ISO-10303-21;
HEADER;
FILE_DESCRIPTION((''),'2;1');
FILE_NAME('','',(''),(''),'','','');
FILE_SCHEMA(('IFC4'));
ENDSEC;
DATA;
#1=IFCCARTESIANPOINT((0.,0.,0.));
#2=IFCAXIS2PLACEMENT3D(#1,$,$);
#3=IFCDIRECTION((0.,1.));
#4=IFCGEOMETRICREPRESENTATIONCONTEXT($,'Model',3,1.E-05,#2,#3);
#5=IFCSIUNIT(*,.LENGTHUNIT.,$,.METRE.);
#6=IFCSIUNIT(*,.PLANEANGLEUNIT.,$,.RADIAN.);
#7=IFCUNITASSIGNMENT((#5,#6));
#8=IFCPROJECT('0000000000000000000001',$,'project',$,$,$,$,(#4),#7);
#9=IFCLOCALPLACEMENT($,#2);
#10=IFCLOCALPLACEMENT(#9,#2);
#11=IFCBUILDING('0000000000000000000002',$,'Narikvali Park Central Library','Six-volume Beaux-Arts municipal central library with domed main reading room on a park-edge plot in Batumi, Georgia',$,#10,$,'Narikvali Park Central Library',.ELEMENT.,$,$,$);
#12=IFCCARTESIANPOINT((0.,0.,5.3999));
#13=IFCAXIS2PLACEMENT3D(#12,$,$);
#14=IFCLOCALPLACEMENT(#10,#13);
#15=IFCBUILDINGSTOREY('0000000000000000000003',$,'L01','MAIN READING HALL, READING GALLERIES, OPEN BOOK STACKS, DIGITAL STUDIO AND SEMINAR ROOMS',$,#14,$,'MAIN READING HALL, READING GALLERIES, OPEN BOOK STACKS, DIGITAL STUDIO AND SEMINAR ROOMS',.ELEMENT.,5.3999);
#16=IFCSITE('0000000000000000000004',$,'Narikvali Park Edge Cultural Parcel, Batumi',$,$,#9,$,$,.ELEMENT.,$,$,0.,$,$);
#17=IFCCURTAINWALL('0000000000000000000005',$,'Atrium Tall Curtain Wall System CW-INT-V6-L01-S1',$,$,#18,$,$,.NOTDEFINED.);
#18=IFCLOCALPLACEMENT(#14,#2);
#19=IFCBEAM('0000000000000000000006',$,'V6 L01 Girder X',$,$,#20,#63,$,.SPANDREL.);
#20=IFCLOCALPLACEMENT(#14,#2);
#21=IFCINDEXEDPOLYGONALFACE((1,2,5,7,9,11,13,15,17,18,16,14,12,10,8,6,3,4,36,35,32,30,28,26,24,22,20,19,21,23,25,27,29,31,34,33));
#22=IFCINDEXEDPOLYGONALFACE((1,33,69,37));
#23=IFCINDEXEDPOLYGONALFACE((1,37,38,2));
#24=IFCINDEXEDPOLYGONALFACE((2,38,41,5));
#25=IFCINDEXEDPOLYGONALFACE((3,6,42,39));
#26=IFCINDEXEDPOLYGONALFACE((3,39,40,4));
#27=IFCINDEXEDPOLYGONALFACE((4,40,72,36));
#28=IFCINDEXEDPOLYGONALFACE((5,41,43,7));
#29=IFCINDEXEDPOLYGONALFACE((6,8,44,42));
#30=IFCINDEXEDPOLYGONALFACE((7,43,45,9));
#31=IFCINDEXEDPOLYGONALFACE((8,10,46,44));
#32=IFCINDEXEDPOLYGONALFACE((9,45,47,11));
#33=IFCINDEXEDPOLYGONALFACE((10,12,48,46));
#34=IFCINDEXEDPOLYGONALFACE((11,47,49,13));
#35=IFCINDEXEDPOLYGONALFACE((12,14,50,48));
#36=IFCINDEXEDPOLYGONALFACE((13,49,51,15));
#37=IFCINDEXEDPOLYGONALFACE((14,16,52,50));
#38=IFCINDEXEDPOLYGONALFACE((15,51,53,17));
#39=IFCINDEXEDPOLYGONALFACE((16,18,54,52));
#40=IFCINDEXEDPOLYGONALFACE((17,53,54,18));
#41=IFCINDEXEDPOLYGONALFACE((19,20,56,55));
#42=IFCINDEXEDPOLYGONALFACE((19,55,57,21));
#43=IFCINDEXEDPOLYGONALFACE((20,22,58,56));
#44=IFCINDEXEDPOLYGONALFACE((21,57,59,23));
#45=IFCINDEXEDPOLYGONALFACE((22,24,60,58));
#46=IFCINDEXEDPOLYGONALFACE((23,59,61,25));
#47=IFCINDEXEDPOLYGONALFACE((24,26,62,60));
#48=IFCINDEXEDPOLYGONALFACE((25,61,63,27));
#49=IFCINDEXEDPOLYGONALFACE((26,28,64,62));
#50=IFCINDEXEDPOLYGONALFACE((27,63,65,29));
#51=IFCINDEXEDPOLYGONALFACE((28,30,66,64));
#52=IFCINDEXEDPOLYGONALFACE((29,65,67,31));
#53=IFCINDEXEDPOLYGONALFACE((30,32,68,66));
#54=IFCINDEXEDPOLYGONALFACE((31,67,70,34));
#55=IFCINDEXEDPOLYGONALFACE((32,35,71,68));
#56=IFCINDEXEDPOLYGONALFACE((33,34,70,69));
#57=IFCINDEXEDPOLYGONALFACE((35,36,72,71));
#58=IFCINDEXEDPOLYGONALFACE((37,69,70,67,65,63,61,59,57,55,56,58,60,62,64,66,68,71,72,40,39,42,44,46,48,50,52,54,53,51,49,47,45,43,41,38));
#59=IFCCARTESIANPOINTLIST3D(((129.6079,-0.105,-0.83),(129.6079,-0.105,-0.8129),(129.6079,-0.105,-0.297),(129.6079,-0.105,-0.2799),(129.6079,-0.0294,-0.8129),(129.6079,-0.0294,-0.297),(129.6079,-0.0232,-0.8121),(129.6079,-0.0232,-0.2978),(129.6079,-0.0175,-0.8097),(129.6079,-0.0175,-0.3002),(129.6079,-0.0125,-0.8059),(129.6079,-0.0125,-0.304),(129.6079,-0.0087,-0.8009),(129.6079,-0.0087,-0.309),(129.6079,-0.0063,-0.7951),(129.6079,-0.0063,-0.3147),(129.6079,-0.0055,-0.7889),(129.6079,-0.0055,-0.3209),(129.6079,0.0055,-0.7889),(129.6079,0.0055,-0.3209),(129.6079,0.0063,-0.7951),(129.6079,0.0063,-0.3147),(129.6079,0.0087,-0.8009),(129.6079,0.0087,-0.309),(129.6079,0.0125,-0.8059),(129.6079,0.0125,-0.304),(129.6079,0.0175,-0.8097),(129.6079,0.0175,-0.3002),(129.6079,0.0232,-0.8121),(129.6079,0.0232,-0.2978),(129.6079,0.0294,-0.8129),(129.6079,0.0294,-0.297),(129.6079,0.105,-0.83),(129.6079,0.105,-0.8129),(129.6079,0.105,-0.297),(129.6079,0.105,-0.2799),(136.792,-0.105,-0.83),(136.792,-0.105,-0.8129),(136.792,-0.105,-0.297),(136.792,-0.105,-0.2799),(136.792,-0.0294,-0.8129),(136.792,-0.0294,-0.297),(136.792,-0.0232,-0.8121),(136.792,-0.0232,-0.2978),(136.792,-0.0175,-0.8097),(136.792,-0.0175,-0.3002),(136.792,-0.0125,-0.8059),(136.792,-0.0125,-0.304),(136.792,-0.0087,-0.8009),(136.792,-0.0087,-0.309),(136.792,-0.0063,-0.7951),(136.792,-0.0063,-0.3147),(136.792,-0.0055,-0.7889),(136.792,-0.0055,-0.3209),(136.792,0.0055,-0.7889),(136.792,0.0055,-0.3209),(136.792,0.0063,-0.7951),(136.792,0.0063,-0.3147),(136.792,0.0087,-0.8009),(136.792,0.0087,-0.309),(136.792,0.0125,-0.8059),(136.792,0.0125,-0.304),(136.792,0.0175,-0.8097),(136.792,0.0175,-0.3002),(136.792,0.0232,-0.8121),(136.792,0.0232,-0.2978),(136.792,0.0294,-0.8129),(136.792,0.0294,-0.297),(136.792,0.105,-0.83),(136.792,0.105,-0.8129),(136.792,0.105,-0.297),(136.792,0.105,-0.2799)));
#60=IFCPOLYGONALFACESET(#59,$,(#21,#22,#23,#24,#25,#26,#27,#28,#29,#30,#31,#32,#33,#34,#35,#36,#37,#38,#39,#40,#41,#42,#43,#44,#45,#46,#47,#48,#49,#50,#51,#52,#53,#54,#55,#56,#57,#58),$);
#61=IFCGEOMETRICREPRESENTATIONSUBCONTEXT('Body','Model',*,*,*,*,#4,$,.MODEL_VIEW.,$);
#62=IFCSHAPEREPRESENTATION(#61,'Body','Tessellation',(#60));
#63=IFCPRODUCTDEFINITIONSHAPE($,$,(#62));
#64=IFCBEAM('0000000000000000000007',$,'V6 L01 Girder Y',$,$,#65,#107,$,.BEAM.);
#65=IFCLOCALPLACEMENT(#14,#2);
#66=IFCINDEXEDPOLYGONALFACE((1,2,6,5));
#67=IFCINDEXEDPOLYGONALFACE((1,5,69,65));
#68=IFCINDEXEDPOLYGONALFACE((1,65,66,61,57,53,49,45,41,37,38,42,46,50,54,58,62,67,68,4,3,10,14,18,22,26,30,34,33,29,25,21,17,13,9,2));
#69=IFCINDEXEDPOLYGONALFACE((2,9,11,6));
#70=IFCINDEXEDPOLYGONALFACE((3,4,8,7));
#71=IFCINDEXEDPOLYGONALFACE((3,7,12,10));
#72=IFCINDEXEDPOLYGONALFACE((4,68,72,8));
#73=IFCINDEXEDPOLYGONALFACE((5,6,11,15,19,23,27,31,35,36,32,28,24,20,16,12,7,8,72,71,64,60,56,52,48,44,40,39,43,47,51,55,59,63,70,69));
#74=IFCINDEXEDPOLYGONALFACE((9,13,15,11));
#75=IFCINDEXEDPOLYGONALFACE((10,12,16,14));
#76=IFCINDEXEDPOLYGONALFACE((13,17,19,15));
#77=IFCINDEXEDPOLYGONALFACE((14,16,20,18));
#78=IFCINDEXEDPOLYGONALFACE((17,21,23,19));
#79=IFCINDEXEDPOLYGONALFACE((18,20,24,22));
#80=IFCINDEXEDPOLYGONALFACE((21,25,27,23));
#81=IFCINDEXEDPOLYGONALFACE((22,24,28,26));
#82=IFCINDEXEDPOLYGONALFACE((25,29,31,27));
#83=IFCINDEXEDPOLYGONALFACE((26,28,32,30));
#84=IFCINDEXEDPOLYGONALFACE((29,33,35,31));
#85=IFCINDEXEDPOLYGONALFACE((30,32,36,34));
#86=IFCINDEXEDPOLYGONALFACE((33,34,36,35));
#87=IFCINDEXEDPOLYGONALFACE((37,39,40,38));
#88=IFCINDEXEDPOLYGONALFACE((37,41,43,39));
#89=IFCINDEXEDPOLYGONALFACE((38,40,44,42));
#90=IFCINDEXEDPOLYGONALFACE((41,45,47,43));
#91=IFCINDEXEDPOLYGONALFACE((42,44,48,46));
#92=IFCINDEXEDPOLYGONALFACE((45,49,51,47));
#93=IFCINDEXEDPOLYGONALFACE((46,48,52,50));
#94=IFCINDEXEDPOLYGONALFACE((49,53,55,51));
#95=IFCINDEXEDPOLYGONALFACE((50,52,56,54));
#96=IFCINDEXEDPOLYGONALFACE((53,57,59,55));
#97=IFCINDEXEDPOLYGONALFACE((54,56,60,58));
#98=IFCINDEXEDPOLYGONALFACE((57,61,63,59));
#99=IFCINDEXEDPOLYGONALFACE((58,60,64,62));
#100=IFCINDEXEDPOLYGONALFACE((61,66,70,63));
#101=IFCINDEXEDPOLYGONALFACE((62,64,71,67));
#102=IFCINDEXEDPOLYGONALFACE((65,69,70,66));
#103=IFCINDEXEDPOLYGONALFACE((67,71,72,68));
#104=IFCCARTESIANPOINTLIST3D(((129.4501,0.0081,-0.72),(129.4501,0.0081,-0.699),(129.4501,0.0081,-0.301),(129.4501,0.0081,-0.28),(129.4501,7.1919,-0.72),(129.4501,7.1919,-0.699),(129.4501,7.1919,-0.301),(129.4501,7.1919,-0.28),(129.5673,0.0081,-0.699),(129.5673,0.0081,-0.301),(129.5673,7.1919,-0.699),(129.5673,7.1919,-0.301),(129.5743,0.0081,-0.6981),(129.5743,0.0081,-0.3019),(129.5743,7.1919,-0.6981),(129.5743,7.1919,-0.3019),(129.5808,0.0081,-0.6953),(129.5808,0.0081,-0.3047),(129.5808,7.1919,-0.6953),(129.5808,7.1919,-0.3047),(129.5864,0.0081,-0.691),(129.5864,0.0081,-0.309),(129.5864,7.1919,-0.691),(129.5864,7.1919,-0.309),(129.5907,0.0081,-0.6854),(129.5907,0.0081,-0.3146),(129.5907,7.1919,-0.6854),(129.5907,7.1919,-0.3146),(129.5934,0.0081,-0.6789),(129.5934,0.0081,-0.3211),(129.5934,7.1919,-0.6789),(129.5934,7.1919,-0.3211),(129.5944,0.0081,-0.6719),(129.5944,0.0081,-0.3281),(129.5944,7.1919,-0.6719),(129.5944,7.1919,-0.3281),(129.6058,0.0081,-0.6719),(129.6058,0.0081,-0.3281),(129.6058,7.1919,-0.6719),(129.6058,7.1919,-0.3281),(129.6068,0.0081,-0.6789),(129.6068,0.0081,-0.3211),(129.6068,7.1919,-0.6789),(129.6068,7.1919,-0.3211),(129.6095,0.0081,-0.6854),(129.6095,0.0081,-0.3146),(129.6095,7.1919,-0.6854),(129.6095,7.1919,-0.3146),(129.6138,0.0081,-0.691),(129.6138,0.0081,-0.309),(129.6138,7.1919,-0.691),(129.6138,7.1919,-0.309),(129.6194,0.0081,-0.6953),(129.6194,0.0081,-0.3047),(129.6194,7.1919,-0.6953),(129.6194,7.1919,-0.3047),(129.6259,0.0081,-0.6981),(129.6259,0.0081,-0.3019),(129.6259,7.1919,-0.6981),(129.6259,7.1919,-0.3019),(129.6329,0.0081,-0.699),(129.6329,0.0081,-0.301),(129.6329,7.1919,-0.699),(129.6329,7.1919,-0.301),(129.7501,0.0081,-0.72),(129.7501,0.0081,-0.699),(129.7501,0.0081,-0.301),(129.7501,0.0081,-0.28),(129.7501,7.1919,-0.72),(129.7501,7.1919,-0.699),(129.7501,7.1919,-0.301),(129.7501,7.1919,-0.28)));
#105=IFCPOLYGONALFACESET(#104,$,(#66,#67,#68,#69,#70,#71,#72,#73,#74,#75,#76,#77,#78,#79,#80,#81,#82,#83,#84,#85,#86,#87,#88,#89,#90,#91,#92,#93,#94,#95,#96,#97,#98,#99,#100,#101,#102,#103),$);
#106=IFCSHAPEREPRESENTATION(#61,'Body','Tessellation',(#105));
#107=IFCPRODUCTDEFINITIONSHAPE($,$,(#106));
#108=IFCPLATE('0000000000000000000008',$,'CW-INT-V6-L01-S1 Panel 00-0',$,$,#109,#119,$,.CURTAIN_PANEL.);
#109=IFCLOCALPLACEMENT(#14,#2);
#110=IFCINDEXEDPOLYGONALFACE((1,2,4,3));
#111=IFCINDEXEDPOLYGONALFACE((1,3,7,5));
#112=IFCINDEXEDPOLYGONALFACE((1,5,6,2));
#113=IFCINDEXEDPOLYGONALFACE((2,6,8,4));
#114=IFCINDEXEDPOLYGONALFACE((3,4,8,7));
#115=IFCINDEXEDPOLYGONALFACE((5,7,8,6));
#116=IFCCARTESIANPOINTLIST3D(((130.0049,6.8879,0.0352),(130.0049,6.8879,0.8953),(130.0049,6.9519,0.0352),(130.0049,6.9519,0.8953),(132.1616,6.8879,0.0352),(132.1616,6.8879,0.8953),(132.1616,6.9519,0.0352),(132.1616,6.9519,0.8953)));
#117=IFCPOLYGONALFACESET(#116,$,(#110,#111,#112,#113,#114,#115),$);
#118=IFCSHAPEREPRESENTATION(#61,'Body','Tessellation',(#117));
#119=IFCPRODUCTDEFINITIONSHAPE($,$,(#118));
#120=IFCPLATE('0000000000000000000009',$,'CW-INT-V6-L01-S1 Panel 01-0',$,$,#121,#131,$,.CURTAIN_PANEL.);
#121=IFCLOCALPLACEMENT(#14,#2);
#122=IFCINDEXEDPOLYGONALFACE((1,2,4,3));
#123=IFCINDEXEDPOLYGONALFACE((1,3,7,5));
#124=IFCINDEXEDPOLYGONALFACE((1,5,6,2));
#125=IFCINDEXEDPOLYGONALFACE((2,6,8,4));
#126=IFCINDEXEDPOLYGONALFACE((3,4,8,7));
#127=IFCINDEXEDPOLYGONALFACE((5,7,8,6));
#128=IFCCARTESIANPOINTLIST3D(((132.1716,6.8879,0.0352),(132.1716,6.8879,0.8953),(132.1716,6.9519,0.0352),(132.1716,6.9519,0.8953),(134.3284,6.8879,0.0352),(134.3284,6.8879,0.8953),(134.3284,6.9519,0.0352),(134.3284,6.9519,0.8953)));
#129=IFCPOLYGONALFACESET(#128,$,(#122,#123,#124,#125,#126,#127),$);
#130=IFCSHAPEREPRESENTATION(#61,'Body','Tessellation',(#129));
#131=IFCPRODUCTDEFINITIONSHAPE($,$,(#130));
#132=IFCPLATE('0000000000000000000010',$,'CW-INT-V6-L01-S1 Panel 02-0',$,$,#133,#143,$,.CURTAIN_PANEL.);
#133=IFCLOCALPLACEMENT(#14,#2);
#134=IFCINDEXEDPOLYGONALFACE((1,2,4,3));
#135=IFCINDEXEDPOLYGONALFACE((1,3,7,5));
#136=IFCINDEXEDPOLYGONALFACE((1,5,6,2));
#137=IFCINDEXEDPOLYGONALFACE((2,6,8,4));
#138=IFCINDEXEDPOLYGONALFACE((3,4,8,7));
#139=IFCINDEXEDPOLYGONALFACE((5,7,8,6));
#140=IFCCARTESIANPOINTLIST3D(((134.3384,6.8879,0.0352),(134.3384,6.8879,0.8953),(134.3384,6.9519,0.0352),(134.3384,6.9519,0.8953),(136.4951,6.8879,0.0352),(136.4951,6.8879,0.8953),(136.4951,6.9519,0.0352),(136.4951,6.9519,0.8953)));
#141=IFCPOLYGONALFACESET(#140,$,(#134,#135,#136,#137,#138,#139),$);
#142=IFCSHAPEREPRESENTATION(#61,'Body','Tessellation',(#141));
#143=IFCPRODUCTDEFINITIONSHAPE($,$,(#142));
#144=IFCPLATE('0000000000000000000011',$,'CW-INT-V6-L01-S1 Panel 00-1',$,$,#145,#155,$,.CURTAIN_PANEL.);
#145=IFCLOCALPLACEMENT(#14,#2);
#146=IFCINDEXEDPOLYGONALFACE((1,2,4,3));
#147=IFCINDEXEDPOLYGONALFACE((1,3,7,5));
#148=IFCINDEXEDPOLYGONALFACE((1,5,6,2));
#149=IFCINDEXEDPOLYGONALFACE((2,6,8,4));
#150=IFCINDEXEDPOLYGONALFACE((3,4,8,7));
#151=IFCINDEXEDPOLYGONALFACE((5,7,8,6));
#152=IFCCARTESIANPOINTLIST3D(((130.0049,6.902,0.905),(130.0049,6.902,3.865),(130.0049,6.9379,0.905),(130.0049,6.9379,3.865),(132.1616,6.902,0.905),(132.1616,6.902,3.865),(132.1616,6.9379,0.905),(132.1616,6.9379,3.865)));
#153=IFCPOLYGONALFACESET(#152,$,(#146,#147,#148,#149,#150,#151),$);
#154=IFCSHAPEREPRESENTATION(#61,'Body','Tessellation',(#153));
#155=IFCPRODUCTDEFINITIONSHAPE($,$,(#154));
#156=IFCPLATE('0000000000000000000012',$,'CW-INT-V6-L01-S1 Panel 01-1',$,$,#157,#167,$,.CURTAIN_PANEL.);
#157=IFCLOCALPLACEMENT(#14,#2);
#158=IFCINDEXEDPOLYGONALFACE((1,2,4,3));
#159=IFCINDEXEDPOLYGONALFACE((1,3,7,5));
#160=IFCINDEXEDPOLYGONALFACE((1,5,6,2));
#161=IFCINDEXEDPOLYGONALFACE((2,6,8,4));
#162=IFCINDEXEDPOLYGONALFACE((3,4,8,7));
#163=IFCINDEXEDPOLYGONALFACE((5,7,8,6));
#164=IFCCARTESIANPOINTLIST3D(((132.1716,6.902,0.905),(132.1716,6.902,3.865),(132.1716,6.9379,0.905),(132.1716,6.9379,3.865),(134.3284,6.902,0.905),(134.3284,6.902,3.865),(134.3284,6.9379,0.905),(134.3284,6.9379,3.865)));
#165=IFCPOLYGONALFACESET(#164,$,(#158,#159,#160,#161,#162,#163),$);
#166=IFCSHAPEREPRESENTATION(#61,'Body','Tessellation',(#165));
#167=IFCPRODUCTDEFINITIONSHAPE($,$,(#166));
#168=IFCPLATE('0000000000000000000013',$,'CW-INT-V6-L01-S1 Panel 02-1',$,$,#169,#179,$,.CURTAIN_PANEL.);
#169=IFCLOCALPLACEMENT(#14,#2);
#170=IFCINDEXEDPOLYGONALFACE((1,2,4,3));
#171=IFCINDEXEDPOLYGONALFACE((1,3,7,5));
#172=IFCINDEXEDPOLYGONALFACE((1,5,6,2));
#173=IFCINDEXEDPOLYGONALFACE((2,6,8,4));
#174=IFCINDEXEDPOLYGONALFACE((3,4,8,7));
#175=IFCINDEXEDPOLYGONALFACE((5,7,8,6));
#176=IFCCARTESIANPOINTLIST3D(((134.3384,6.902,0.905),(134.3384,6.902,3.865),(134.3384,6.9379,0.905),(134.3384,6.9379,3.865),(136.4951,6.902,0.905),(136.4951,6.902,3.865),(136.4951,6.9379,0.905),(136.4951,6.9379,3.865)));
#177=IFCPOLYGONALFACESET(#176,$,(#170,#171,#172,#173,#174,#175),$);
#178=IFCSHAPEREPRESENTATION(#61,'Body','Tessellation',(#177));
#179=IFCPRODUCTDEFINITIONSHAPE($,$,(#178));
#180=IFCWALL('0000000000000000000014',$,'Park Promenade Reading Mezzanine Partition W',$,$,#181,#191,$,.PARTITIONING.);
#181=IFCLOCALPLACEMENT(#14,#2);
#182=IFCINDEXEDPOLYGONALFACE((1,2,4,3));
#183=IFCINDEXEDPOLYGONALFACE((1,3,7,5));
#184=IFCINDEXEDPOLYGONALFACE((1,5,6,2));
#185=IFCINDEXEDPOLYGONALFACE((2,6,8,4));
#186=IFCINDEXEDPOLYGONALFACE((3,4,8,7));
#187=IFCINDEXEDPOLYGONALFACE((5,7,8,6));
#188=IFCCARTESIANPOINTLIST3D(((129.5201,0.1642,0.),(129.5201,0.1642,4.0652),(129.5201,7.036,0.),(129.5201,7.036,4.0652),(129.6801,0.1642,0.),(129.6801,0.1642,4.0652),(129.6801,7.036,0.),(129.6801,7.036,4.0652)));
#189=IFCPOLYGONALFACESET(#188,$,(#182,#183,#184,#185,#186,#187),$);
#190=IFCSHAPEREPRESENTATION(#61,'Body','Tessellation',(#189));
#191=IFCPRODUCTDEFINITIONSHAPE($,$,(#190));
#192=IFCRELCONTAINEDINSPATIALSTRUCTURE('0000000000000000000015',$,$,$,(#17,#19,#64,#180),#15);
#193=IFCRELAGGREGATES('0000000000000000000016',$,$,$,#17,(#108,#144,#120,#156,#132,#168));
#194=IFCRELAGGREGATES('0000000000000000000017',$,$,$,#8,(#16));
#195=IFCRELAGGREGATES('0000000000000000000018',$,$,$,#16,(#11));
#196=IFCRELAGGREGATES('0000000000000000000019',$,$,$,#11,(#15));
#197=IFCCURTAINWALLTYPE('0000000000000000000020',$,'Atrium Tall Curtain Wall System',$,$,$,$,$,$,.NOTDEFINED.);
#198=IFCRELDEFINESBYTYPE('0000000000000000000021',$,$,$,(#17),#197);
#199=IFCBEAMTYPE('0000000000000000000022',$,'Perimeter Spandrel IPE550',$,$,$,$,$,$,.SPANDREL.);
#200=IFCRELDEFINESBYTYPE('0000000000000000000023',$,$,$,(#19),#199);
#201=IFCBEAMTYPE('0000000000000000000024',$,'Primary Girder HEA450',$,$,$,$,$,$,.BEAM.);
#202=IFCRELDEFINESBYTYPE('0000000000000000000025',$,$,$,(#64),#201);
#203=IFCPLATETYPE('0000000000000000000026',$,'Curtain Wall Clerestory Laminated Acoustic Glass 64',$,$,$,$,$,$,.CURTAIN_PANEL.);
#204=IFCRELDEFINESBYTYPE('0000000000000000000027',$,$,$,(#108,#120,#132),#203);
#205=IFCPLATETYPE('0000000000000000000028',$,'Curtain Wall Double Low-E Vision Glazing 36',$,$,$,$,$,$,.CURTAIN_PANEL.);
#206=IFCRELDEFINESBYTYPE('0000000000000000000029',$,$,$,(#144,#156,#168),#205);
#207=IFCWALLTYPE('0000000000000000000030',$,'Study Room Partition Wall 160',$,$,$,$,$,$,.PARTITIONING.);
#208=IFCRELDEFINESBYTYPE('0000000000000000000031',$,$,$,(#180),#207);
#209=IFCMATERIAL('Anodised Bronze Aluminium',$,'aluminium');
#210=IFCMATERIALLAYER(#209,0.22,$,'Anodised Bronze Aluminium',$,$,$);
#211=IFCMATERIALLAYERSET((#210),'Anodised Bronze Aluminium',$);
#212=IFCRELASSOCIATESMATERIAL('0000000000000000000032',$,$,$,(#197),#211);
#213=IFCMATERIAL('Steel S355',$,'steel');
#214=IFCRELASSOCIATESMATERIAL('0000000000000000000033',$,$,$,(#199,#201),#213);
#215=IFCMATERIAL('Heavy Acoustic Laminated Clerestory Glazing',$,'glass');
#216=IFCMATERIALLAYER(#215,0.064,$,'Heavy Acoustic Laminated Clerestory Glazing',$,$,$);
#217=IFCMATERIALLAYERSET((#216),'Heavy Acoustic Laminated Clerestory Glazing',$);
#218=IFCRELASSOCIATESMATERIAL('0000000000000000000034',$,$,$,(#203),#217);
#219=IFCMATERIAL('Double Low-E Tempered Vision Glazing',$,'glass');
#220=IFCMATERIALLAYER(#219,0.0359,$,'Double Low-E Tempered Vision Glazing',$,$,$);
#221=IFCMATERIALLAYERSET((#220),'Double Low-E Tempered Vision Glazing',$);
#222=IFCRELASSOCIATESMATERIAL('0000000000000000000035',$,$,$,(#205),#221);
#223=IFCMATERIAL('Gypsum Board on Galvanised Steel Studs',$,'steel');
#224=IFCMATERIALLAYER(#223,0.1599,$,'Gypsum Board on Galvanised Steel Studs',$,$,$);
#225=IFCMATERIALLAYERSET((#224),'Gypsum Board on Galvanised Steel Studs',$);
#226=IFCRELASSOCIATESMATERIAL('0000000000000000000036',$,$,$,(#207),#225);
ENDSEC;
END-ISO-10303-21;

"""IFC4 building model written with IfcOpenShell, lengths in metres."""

from ifc_helpers import new_model, si_unit, direction, frame, frame_2d, origin, origin_2d, place, context, subcontext, project, spatial, rectangle, i_section, extrude, material, layer, layer_set, material_profile, profile_set, type_object, element, aggregate, save


model = new_model("IFC4")

# Units and contexts
model_context = context("Model", 3, precision=1e-05, world=origin(), true_north=direction((0.0, 1.0)))
body_context = subcontext(model_context, "Body", "Model", "MODEL_VIEW")
ifc_project = project(units=[si_unit("LENGTHUNIT", "METRE"), si_unit("PLANEANGLEUNIT", "RADIAN")], contexts=[model_context])

# Site, building, storey
site_placement = place(None, origin())
site = spatial("IfcSite", under=ifc_project, at=site_placement, Name="Narikvali Park Edge Cultural Parcel, Batumi", CompositionType="ELEMENT", RefElevation=0.0)
building_placement = place(site_placement, origin())
building = spatial("IfcBuilding", under=site, at=building_placement, Name="Narikvali Park Central Library", Description="Six-volume Beaux-Arts municipal central library with domed main reading room on a park-edge plot in Batumi, Georgia", LongName="Narikvali Park Central Library", CompositionType="ELEMENT")
storey_placement = place(building_placement, frame((0.0, 0.0, 5.3999)))
storey = spatial("IfcBuildingStorey", under=building, at=storey_placement, Name="L01", Description="MAIN READING HALL, READING GALLERIES, OPEN BOOK STACKS, DIGITAL STUDIO AND SEMINAR ROOMS", LongName="MAIN READING HALL, READING GALLERIES, OPEN BOOK STACKS, DIGITAL STUDIO AND SEMINAR ROOMS", CompositionType="ELEMENT", Elevation=5.3999)

# Shared definitions
ifc_material_1 = material(Name="Steel S355", Category="steel")

# Curtain wall
ifc_material_2 = material(Name="Anodised Bronze Aluminium", Category="aluminium")
ifc_layer_1 = layer(ifc_material_2, 0.22, Name="Anodised Bronze Aluminium")
ifc_layer_set_1 = layer_set([ifc_layer_1], Name="Anodised Bronze Aluminium")
curtain_wall_type = type_object("IfcCurtainWallType", Name="Atrium Tall Curtain Wall System", PredefinedType="NOTDEFINED", material=ifc_layer_set_1)
curtain_wall_placement = place(storey_placement, origin())
curtain_wall = element("IfcCurtainWall", 1, at=curtain_wall_placement, inside=storey, type_object=curtain_wall_type, Name="Atrium Tall Curtain Wall System CW-INT-V6-L01-S1", PredefinedType="NOTDEFINED")

# Beams
ifc_material_profile_1 = material_profile(ifc_material_1, i_section(OverallWidth=0.21, OverallDepth=0.55, WebThickness=0.011, FlangeThickness=0.0171, FilletRadius=0.0239, at=origin_2d()), Name="IPE 550")
ifc_profile_set_1 = profile_set([ifc_material_profile_1], Name="Steel S355")
beam_type_1 = type_object("IfcBeamType", Name="Perimeter Spandrel IPE550", PredefinedType="SPANDREL", material=ifc_profile_set_1)
beam_1_placement = place(storey_placement, frame((129.6079, 0.0, -0.5549), z_axis=(1.0, 0.0, 0.0), x_axis=(0.0, 1.0, 0.0)))
element("IfcBeam", 2, at=beam_1_placement, inside=storey, type_object=beam_type_1, Name="V6 L01 Girder X", PredefinedType="SPANDREL", context=body_context, shape_type="SweptSolid", body=[
    extrude(i_section(OverallWidth=0.21, OverallDepth=0.55, WebThickness=0.011, FlangeThickness=0.0171, FilletRadius=0.0239, at=origin_2d()), origin(), (0.0, 0.0, 1.0), 7.1841),
])
ifc_material_profile_2 = material_profile(ifc_material_1, i_section(OverallWidth=0.3, OverallDepth=0.4399, WebThickness=0.0115, FlangeThickness=0.021, FilletRadius=0.0271, at=origin_2d()), Name="HEA 450")
ifc_profile_set_2 = profile_set([ifc_material_profile_2], Name="Steel S355")
beam_type_2 = type_object("IfcBeamType", Name="Primary Girder HEA450", PredefinedType="BEAM", material=ifc_profile_set_2)
beam_2_placement = place(storey_placement, frame((129.6001, 0.0081, -0.5), z_axis=(0.0, 1.0, 0.0), x_axis=(-1.0, 0.0, 0.0)))
element("IfcBeam", 3, at=beam_2_placement, inside=storey, type_object=beam_type_2, Name="V6 L01 Girder Y", PredefinedType="BEAM", context=body_context, shape_type="SweptSolid", body=[
    extrude(i_section(OverallWidth=0.3, OverallDepth=0.4399, WebThickness=0.0115, FlangeThickness=0.021, FilletRadius=0.0271, at=origin_2d()), origin(), (0.0, 0.0, 1.0), 7.1838),
])

# Plates
ifc_material_3 = material(Name="Heavy Acoustic Laminated Clerestory Glazing", Category="glass")
ifc_layer_2 = layer(ifc_material_3, 0.064, Name="Heavy Acoustic Laminated Clerestory Glazing")
ifc_layer_set_2 = layer_set([ifc_layer_2], Name="Heavy Acoustic Laminated Clerestory Glazing")
plate_type_1 = type_object("IfcPlateType", Name="Curtain Wall Clerestory Laminated Acoustic Glass 64", PredefinedType="CURTAIN_PANEL", material=ifc_layer_set_2)
plate_1_placement = place(storey_placement, frame((131.0833, 6.9199, 0.0352), z_axis=(0.0, 0.0, 1.0), x_axis=(1.0, 0.0, 0.0)))
plate_1 = element("IfcPlate", 4, at=plate_1_placement, type_object=plate_type_1, Name="CW-INT-V6-L01-S1 Panel 00-0", PredefinedType="CURTAIN_PANEL", context=body_context, shape_type="SweptSolid", body=[
    extrude(rectangle(XDim=2.1567, YDim=0.064, at=origin_2d()), origin(), (0.0, 0.0, 1.0), 0.8601),
])
plate_2_placement = place(storey_placement, frame((133.25, 6.9199, 0.0352), z_axis=(0.0, 0.0, 1.0), x_axis=(1.0, 0.0, 0.0)))
plate_2 = element("IfcPlate", 5, at=plate_2_placement, type_object=plate_type_1, Name="CW-INT-V6-L01-S1 Panel 01-0", PredefinedType="CURTAIN_PANEL", context=body_context, shape_type="SweptSolid", body=[
    extrude(rectangle(XDim=2.1567, YDim=0.064, at=origin_2d()), origin(), (0.0, 0.0, 1.0), 0.8601),
])
plate_3_placement = place(storey_placement, frame((135.4167, 6.9199, 0.0352), z_axis=(0.0, 0.0, 1.0), x_axis=(1.0, 0.0, 0.0)))
plate_3 = element("IfcPlate", 6, at=plate_3_placement, type_object=plate_type_1, Name="CW-INT-V6-L01-S1 Panel 02-0", PredefinedType="CURTAIN_PANEL", context=body_context, shape_type="SweptSolid", body=[
    extrude(rectangle(XDim=2.1567, YDim=0.064, at=origin_2d()), origin(), (0.0, 0.0, 1.0), 0.8601),
])
ifc_material_4 = material(Name="Double Low-E Tempered Vision Glazing", Category="glass")
ifc_layer_3 = layer(ifc_material_4, 0.0359, Name="Double Low-E Tempered Vision Glazing")
ifc_layer_set_3 = layer_set([ifc_layer_3], Name="Double Low-E Tempered Vision Glazing")
plate_type_2 = type_object("IfcPlateType", Name="Curtain Wall Double Low-E Vision Glazing 36", PredefinedType="CURTAIN_PANEL", material=ifc_layer_set_3)
plate_4_placement = place(storey_placement, frame((131.0833, 6.9199, 0.905), z_axis=(0.0, 0.0, 1.0), x_axis=(1.0, 0.0, 0.0)))
plate_4 = element("IfcPlate", 7, at=plate_4_placement, type_object=plate_type_2, Name="CW-INT-V6-L01-S1 Panel 00-1", PredefinedType="CURTAIN_PANEL", context=body_context, shape_type="SweptSolid", body=[
    extrude(rectangle(XDim=2.1567, YDim=0.0359, at=origin_2d()), origin(), (0.0, 0.0, 1.0), 2.96),
])
plate_5_placement = place(storey_placement, frame((133.25, 6.9199, 0.905), z_axis=(0.0, 0.0, 1.0), x_axis=(1.0, 0.0, 0.0)))
plate_5 = element("IfcPlate", 8, at=plate_5_placement, type_object=plate_type_2, Name="CW-INT-V6-L01-S1 Panel 01-1", PredefinedType="CURTAIN_PANEL", context=body_context, shape_type="SweptSolid", body=[
    extrude(rectangle(XDim=2.1567, YDim=0.0359, at=origin_2d()), origin(), (0.0, 0.0, 1.0), 2.96),
])
plate_6_placement = place(storey_placement, frame((135.4167, 6.9199, 0.905), z_axis=(0.0, 0.0, 1.0), x_axis=(1.0, 0.0, 0.0)))
plate_6 = element("IfcPlate", 9, at=plate_6_placement, type_object=plate_type_2, Name="CW-INT-V6-L01-S1 Panel 02-1", PredefinedType="CURTAIN_PANEL", context=body_context, shape_type="SweptSolid", body=[
    extrude(rectangle(XDim=2.1567, YDim=0.0359, at=origin_2d()), origin(), (0.0, 0.0, 1.0), 2.96),
])
aggregate(curtain_wall, [plate_1, plate_4, plate_2, plate_5, plate_3, plate_6])

# Wall
ifc_material_5 = material(Name="Gypsum Board on Galvanised Steel Studs", Category="steel")
ifc_layer_4 = layer(ifc_material_5, 0.1599, Name="Gypsum Board on Galvanised Steel Studs")
ifc_layer_set_4 = layer_set([ifc_layer_4], Name="Gypsum Board on Galvanised Steel Studs")
wall_type_1 = type_object("IfcWallType", Name="Study Room Partition Wall 160", PredefinedType="PARTITIONING", material=ifc_layer_set_4)
wall_1_placement = place(storey_placement, frame((129.6001, 0.1641, 0.0), z_axis=(0.0, 0.0, 1.0), x_axis=(0.0, 1.0, 0.0)))
element("IfcWall", 10, at=wall_1_placement, inside=storey, type_object=wall_type_1, Name="Park Promenade Reading Mezzanine Partition W", PredefinedType="PARTITIONING", context=body_context, shape_type="SweptSolid", body=[
    extrude(rectangle(XDim=6.8718, YDim=0.1599, at=frame_2d((3.436, 0.0))), origin(), (0.0, 0.0, 1.0), 4.0652),
])

save(model, "model.ifc")
